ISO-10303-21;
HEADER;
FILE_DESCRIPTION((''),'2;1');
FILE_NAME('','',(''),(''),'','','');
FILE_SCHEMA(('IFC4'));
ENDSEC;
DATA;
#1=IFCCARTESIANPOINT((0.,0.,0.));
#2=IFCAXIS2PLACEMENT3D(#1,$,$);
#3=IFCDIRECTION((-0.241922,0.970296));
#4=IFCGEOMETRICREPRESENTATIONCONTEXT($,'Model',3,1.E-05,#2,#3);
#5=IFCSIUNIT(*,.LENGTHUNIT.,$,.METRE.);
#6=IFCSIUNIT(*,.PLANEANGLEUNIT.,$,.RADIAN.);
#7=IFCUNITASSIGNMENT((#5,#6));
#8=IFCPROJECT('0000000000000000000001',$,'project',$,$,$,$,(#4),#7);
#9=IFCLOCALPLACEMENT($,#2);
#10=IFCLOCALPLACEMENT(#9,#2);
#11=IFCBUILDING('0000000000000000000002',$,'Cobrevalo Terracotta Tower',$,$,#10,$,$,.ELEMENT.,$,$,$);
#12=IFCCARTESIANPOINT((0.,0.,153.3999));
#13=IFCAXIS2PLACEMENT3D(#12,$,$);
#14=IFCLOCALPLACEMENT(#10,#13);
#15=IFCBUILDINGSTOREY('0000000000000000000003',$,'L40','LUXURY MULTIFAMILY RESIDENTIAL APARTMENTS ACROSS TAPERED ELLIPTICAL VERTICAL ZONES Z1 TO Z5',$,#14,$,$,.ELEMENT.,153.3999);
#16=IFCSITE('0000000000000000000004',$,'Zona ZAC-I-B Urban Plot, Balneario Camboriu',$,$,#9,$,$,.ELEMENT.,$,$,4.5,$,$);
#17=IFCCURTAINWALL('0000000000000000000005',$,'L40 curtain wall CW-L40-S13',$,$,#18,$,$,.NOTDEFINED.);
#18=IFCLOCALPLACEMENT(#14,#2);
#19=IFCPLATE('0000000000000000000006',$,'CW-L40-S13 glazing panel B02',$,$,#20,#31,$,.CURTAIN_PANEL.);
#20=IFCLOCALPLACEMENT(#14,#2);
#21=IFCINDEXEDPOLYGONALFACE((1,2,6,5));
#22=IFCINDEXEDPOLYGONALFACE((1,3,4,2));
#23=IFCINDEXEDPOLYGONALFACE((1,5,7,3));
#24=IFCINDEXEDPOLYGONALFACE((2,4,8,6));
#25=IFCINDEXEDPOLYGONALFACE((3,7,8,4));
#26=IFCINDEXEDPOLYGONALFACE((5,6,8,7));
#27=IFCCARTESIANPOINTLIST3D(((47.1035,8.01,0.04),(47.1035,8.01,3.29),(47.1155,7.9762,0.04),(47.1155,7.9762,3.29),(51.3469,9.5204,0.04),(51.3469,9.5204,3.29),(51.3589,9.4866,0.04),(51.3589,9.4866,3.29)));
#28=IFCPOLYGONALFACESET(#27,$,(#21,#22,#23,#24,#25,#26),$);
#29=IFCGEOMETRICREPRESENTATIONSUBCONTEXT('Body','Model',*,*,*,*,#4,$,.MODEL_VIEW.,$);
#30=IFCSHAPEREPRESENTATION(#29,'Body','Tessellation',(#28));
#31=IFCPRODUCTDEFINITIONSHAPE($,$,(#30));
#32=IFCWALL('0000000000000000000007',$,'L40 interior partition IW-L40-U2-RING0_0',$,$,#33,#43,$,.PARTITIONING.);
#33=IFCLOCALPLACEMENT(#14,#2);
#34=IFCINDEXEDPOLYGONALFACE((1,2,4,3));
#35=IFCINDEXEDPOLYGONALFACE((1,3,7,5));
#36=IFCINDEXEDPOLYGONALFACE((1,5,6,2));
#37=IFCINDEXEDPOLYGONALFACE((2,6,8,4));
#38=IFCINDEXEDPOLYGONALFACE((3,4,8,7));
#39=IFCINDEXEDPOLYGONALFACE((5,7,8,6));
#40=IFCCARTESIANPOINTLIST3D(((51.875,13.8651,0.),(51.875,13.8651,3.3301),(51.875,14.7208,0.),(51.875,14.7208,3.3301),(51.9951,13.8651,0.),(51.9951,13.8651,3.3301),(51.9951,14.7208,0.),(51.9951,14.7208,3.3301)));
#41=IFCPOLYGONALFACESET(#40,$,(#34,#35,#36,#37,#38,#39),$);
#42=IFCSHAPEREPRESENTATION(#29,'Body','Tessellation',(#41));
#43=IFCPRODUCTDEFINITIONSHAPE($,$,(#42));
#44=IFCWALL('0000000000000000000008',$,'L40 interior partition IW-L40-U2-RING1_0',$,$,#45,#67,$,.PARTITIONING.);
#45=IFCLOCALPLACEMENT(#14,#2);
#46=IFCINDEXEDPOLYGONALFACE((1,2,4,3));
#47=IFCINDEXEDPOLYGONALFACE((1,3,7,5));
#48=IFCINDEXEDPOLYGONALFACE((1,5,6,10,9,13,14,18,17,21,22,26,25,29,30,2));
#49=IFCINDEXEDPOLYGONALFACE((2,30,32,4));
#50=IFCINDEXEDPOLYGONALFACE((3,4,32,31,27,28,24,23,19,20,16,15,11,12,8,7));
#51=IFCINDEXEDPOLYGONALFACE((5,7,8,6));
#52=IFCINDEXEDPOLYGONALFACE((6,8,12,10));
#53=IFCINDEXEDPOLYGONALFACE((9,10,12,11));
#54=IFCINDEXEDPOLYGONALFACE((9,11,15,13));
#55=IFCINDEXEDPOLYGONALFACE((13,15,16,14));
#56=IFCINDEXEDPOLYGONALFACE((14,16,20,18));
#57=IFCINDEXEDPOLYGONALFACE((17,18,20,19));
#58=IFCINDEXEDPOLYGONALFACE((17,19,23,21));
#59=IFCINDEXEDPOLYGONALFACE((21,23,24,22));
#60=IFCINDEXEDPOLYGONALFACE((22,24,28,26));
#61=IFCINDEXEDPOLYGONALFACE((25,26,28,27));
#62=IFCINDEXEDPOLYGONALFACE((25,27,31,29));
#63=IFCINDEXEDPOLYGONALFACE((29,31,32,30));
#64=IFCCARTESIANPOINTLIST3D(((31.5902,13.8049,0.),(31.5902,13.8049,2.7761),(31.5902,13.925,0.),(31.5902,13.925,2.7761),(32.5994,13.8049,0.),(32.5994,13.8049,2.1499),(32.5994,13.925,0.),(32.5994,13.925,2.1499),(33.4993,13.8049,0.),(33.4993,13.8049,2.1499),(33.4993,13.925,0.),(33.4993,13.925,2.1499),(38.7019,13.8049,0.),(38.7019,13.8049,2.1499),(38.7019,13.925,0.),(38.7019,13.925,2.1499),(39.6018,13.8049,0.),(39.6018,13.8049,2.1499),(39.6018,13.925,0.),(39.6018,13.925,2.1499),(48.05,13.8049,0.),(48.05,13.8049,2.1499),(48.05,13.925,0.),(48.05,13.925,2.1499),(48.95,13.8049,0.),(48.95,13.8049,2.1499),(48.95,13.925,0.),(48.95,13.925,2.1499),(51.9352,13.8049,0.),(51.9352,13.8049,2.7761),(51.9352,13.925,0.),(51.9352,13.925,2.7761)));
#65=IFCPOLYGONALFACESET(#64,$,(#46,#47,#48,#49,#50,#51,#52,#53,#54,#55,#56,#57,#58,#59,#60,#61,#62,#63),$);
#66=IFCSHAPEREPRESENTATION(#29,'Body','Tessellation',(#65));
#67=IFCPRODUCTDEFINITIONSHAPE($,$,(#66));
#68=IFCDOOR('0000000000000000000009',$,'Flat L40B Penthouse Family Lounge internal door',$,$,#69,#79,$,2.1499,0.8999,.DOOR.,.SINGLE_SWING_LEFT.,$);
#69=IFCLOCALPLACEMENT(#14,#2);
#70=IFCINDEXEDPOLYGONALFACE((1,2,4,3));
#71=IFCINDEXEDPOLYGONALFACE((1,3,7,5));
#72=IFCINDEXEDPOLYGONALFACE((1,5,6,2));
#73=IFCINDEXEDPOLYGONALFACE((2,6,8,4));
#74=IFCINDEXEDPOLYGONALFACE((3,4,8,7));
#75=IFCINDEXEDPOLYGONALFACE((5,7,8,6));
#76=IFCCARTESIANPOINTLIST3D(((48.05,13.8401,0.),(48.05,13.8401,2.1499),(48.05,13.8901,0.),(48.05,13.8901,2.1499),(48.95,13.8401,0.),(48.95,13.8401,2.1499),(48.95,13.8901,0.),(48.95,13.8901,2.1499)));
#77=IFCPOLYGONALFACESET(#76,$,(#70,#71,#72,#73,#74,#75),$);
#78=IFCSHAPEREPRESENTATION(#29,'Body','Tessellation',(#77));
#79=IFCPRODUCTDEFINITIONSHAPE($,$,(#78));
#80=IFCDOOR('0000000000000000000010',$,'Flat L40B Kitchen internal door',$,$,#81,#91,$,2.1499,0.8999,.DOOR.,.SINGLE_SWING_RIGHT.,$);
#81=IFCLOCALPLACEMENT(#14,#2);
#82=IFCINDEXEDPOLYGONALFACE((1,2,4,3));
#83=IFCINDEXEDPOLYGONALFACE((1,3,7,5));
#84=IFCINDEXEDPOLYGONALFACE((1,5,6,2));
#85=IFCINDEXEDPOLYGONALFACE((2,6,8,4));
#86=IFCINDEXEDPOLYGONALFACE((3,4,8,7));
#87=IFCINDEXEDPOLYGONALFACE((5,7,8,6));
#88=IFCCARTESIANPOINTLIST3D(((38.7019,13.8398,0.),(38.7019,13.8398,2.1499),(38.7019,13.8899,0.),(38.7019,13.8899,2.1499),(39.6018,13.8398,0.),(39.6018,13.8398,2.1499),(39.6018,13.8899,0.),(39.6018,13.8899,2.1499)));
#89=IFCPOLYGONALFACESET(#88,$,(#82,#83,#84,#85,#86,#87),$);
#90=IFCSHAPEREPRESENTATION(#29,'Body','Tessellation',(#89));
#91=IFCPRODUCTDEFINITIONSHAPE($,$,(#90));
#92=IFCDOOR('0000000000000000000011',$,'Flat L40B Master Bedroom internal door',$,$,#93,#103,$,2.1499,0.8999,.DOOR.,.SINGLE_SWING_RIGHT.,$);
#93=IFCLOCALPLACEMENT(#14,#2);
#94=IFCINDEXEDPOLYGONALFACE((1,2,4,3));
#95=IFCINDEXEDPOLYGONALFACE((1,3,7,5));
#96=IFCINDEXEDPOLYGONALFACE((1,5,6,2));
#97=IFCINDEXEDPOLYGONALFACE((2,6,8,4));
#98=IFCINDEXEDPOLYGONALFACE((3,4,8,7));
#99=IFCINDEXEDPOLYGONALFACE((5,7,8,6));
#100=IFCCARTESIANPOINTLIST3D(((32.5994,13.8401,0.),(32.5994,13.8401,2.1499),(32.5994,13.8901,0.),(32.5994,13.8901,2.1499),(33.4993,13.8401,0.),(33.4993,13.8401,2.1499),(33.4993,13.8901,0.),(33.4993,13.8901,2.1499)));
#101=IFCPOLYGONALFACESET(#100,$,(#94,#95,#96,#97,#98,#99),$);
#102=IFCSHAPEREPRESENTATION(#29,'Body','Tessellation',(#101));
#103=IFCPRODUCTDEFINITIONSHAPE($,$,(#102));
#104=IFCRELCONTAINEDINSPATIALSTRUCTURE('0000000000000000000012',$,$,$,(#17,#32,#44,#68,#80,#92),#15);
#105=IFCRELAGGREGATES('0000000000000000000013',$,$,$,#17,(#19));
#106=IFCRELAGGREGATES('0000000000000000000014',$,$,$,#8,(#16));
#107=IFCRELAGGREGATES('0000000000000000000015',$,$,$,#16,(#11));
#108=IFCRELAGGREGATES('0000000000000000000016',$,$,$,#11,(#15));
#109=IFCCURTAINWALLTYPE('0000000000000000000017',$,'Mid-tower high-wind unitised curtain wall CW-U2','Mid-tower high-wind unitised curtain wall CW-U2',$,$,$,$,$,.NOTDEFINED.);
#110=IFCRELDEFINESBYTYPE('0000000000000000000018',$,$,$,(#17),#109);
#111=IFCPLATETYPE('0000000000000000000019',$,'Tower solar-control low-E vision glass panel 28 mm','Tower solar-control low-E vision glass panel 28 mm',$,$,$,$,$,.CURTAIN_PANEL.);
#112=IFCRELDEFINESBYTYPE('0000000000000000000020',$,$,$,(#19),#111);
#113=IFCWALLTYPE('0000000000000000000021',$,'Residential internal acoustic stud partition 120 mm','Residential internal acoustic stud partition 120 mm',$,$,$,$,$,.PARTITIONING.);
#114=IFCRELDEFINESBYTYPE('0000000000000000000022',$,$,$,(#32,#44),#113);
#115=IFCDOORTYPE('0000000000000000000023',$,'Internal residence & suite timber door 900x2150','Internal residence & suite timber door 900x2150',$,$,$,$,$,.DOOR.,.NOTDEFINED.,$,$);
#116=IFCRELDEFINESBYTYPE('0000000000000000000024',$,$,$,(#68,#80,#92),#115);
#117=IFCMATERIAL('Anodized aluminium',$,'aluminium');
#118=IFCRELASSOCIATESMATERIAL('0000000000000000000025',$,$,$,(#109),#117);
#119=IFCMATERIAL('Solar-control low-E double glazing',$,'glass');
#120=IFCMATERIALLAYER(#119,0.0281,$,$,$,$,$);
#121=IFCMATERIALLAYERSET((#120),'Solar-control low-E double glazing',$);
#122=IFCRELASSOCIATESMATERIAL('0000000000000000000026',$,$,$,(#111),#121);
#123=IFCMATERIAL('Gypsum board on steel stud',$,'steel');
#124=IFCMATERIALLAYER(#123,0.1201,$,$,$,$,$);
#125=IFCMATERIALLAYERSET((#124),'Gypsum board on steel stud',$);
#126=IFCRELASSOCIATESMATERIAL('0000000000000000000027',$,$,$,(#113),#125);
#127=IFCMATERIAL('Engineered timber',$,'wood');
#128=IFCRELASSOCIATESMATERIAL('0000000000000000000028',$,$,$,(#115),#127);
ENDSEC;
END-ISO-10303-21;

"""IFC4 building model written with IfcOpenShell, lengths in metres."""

from ifc_helpers import new_model, si_unit, direction, frame, frame_2d, origin, origin_2d, place, context, subcontext, project, spatial, rectangle, extrude, source, transform, mapped, material, layer, layer_set, type_object, element, fill, aggregate, save


model = new_model("IFC4")

# Units and contexts
model_context = context("Model", 3, precision=1e-05, world=origin(), true_north=direction((-0.241922, 0.970296)))
body_context = subcontext(model_context, "Body", "Model", "MODEL_VIEW")
ifc_project = project(units=[si_unit("LENGTHUNIT", "METRE"), si_unit("PLANEANGLEUNIT", "RADIAN")], contexts=[model_context])

# Site, building, storey
site_placement = place(None, origin())
site = spatial("IfcSite", under=ifc_project, at=site_placement, Name="Zona ZAC-I-B Urban Plot, Balneario Camboriu", CompositionType="ELEMENT", RefElevation=4.5)
building_placement = place(site_placement, origin())
building = spatial("IfcBuilding", under=site, at=building_placement, Name="Cobrevalo Terracotta Tower", CompositionType="ELEMENT")
storey_placement = place(building_placement, frame((0.0, 0.0, 153.3999)))
storey = spatial("IfcBuildingStorey", under=building, at=storey_placement, Name="L40", Description="LUXURY MULTIFAMILY RESIDENTIAL APARTMENTS ACROSS TAPERED ELLIPTICAL VERTICAL ZONES Z1 TO Z5", CompositionType="ELEMENT", Elevation=153.3999)

# Curtain wall
ifc_material_1 = material(Name="Anodized aluminium", Category="aluminium")
curtain_wall_type = type_object("IfcCurtainWallType", Name="Mid-tower high-wind unitised curtain wall CW-U2", Description="Mid-tower high-wind unitised curtain wall CW-U2", PredefinedType="NOTDEFINED", material=ifc_material_1)
curtain_wall_1_placement = place(storey_placement, origin())
curtain_wall_1 = element("IfcCurtainWall", 1, at=curtain_wall_1_placement, inside=storey, type_object=curtain_wall_type, Name="L40 curtain wall CW-L40-S13", PredefinedType="NOTDEFINED")

# Plate
ifc_material_2 = material(Name="Solar-control low-E double glazing", Category="glass")
ifc_layer_1 = layer(ifc_material_2, 0.0281)
ifc_layer_set_1 = layer_set([ifc_layer_1], Name="Solar-control low-E double glazing")
plate_type = type_object("IfcPlateType", Name="Tower solar-control low-E vision glass panel 28 mm", Description="Tower solar-control low-E vision glass panel 28 mm", PredefinedType="CURTAIN_PANEL", material=ifc_layer_set_1)
shared_shape_1 = source(origin(), body_context, "Body", "SweptSolid", [
    extrude(rectangle(XDim=4.5042, YDim=0.0359, at=origin_2d()), origin(), (0.0, 0.0, 1.0), 3.25),
])
plate_1_placement = place(storey_placement, frame((49.2312, 8.7483, 0.04), z_axis=(0.0, 0.0, 1.0), x_axis=(0.942098, 0.335336, 0.0)))
plate_1 = element("IfcPlate", 2, at=plate_1_placement, type_object=plate_type, Name="CW-L40-S13 glazing panel B02", PredefinedType="CURTAIN_PANEL", context=body_context, shape_type="MappedRepresentation", body=[
    mapped(shared_shape_1, transform((0.0, 0.0, 0.0), scale=1.0)),
])
aggregate(curtain_wall_1, [plate_1])

# Wall
ifc_material_3 = material(Name="Gypsum board on steel stud", Category="steel")
ifc_layer_2 = layer(ifc_material_3, 0.1201)
ifc_layer_set_2 = layer_set([ifc_layer_2], Name="Gypsum board on steel stud")
wall_type = type_object("IfcWallType", Name="Residential internal acoustic stud partition 120 mm", Description="Residential internal acoustic stud partition 120 mm", PredefinedType="PARTITIONING", material=ifc_layer_set_2)
wall_1_placement = place(storey_placement, frame((51.9351, 14.7207, 0.0), z_axis=(0.0, 0.0, 1.0), x_axis=(0.0, -1.0, 0.0)))
element("IfcWall", 3, at=wall_1_placement, inside=storey, type_object=wall_type, Name="L40 interior partition IW-L40-U2-RING0_0", PredefinedType="PARTITIONING", context=body_context, shape_type="SweptSolid", body=[
    extrude(rectangle(XDim=0.8557, YDim=0.1201, at=frame_2d((0.4277, 0.0))), origin(), (0.0, 0.0, 1.0), 3.3301),
])

# Wall, openings, doors
wall_2_placement = place(storey_placement, frame((51.9351, 13.865, 0.0), z_axis=(0.0, 0.0, 1.0), x_axis=(-1.0, 0.0, 0.0)))
wall_2 = element("IfcWall", 4, at=wall_2_placement, inside=storey, type_object=wall_type, Name="L40 interior partition IW-L40-U2-RING1_0", PredefinedType="PARTITIONING", context=body_context, shape_type="SweptSolid", body=[
    extrude(rectangle(XDim=20.345, YDim=0.1201, at=frame_2d((10.1724, 0.0))), origin(), (0.0, 0.0, 1.0), 2.7761),
])
opening_1_placement = place(wall_2_placement, frame((2.9851, 0.0, 0.0)))
opening_1 = element("IfcOpeningElement", 5, at=opening_1_placement, cuts=wall_2, PredefinedType="OPENING", context=body_context, shape_type="SweptSolid", body=[
    extrude(rectangle(XDim=0.8999, YDim=2.1499, at=frame_2d((0.45, 1.075))), frame((0.0, 0.0701, 0.0), z_axis=(0.0, -1.0, 0.0), x_axis=(1.0, 0.0, 0.0)), (0.0, 0.0, 1.0), 0.1401),
])
opening_2_placement = place(wall_2_placement, frame((12.3333, 0.0, 0.0)))
opening_2 = element("IfcOpeningElement", 6, at=opening_2_placement, cuts=wall_2, PredefinedType="OPENING", context=body_context, shape_type="SweptSolid", body=[
    extrude(rectangle(XDim=0.8999, YDim=2.1499, at=frame_2d((0.45, 1.075))), frame((0.0, 0.0701, 0.0), z_axis=(0.0, -1.0, 0.0), x_axis=(1.0, 0.0, 0.0)), (0.0, 0.0, 1.0), 0.1401),
])
opening_3_placement = place(wall_2_placement, frame((18.4358, 0.0, 0.0)))
opening_3 = element("IfcOpeningElement", 7, at=opening_3_placement, cuts=wall_2, PredefinedType="OPENING", context=body_context, shape_type="SweptSolid", body=[
    extrude(rectangle(XDim=0.8999, YDim=2.1499, at=frame_2d((0.45, 1.075))), frame((0.0, 0.0701, 0.0), z_axis=(0.0, -1.0, 0.0), x_axis=(1.0, 0.0, 0.0)), (0.0, 0.0, 1.0), 0.1401),
])
ifc_material_4 = material(Name="Engineered timber", Category="wood")
door_type = type_object("IfcDoorType", Name="Internal residence & suite timber door 900x2150", Description="Internal residence & suite timber door 900x2150", OperationType="NOTDEFINED", PredefinedType="DOOR", material=ifc_material_4)
shared_shape_2 = source(origin(), body_context, "Body", "SweptSolid", [
    extrude(rectangle(XDim=0.8999, YDim=2.1499, at=frame_2d((0.45, 1.075))), frame((0.0, 0.0249, 0.0), z_axis=(0.0, -1.0, 0.0), x_axis=(1.0, 0.0, 0.0)), (0.0, 0.0, 1.0), 0.05),
])
door_1_placement = place(opening_1_placement, origin())
door_1 = element("IfcDoor", 8, at=door_1_placement, inside=storey, type_object=door_type, Name="Flat L40B Penthouse Family Lounge internal door", OperationType="SINGLE_SWING_LEFT", OverallHeight=2.1499, OverallWidth=0.8999, PredefinedType="DOOR", context=body_context, shape_type="MappedRepresentation", body=[
    mapped(shared_shape_2, transform((0.0, 0.0, 0.0), scale=1.0)),
])
fill(opening_1, door_1)
door_2_placement = place(opening_2_placement, frame((0.8999, 0.0, 0.0), z_axis=(0.0, 0.0, 1.0), x_axis=(-1.0, 0.0, 0.0)))
door_2 = element("IfcDoor", 9, at=door_2_placement, inside=storey, type_object=door_type, Name="Flat L40B Kitchen internal door", OperationType="SINGLE_SWING_RIGHT", OverallHeight=2.1499, OverallWidth=0.8999, PredefinedType="DOOR", context=body_context, shape_type="MappedRepresentation", body=[
    mapped(shared_shape_2, transform((0.0, 0.0, 0.0), scale=1.0)),
])
fill(opening_2, door_2)
door_3_placement = place(opening_3_placement, origin())
door_3 = element("IfcDoor", 10, at=door_3_placement, inside=storey, type_object=door_type, Name="Flat L40B Master Bedroom internal door", OperationType="SINGLE_SWING_RIGHT", OverallHeight=2.1499, OverallWidth=0.8999, PredefinedType="DOOR", context=body_context, shape_type="MappedRepresentation", body=[
    mapped(shared_shape_2, transform((0.0, 0.0, 0.0), scale=1.0)),
])
fill(opening_3, door_3)

save(model, "model.ifc")
